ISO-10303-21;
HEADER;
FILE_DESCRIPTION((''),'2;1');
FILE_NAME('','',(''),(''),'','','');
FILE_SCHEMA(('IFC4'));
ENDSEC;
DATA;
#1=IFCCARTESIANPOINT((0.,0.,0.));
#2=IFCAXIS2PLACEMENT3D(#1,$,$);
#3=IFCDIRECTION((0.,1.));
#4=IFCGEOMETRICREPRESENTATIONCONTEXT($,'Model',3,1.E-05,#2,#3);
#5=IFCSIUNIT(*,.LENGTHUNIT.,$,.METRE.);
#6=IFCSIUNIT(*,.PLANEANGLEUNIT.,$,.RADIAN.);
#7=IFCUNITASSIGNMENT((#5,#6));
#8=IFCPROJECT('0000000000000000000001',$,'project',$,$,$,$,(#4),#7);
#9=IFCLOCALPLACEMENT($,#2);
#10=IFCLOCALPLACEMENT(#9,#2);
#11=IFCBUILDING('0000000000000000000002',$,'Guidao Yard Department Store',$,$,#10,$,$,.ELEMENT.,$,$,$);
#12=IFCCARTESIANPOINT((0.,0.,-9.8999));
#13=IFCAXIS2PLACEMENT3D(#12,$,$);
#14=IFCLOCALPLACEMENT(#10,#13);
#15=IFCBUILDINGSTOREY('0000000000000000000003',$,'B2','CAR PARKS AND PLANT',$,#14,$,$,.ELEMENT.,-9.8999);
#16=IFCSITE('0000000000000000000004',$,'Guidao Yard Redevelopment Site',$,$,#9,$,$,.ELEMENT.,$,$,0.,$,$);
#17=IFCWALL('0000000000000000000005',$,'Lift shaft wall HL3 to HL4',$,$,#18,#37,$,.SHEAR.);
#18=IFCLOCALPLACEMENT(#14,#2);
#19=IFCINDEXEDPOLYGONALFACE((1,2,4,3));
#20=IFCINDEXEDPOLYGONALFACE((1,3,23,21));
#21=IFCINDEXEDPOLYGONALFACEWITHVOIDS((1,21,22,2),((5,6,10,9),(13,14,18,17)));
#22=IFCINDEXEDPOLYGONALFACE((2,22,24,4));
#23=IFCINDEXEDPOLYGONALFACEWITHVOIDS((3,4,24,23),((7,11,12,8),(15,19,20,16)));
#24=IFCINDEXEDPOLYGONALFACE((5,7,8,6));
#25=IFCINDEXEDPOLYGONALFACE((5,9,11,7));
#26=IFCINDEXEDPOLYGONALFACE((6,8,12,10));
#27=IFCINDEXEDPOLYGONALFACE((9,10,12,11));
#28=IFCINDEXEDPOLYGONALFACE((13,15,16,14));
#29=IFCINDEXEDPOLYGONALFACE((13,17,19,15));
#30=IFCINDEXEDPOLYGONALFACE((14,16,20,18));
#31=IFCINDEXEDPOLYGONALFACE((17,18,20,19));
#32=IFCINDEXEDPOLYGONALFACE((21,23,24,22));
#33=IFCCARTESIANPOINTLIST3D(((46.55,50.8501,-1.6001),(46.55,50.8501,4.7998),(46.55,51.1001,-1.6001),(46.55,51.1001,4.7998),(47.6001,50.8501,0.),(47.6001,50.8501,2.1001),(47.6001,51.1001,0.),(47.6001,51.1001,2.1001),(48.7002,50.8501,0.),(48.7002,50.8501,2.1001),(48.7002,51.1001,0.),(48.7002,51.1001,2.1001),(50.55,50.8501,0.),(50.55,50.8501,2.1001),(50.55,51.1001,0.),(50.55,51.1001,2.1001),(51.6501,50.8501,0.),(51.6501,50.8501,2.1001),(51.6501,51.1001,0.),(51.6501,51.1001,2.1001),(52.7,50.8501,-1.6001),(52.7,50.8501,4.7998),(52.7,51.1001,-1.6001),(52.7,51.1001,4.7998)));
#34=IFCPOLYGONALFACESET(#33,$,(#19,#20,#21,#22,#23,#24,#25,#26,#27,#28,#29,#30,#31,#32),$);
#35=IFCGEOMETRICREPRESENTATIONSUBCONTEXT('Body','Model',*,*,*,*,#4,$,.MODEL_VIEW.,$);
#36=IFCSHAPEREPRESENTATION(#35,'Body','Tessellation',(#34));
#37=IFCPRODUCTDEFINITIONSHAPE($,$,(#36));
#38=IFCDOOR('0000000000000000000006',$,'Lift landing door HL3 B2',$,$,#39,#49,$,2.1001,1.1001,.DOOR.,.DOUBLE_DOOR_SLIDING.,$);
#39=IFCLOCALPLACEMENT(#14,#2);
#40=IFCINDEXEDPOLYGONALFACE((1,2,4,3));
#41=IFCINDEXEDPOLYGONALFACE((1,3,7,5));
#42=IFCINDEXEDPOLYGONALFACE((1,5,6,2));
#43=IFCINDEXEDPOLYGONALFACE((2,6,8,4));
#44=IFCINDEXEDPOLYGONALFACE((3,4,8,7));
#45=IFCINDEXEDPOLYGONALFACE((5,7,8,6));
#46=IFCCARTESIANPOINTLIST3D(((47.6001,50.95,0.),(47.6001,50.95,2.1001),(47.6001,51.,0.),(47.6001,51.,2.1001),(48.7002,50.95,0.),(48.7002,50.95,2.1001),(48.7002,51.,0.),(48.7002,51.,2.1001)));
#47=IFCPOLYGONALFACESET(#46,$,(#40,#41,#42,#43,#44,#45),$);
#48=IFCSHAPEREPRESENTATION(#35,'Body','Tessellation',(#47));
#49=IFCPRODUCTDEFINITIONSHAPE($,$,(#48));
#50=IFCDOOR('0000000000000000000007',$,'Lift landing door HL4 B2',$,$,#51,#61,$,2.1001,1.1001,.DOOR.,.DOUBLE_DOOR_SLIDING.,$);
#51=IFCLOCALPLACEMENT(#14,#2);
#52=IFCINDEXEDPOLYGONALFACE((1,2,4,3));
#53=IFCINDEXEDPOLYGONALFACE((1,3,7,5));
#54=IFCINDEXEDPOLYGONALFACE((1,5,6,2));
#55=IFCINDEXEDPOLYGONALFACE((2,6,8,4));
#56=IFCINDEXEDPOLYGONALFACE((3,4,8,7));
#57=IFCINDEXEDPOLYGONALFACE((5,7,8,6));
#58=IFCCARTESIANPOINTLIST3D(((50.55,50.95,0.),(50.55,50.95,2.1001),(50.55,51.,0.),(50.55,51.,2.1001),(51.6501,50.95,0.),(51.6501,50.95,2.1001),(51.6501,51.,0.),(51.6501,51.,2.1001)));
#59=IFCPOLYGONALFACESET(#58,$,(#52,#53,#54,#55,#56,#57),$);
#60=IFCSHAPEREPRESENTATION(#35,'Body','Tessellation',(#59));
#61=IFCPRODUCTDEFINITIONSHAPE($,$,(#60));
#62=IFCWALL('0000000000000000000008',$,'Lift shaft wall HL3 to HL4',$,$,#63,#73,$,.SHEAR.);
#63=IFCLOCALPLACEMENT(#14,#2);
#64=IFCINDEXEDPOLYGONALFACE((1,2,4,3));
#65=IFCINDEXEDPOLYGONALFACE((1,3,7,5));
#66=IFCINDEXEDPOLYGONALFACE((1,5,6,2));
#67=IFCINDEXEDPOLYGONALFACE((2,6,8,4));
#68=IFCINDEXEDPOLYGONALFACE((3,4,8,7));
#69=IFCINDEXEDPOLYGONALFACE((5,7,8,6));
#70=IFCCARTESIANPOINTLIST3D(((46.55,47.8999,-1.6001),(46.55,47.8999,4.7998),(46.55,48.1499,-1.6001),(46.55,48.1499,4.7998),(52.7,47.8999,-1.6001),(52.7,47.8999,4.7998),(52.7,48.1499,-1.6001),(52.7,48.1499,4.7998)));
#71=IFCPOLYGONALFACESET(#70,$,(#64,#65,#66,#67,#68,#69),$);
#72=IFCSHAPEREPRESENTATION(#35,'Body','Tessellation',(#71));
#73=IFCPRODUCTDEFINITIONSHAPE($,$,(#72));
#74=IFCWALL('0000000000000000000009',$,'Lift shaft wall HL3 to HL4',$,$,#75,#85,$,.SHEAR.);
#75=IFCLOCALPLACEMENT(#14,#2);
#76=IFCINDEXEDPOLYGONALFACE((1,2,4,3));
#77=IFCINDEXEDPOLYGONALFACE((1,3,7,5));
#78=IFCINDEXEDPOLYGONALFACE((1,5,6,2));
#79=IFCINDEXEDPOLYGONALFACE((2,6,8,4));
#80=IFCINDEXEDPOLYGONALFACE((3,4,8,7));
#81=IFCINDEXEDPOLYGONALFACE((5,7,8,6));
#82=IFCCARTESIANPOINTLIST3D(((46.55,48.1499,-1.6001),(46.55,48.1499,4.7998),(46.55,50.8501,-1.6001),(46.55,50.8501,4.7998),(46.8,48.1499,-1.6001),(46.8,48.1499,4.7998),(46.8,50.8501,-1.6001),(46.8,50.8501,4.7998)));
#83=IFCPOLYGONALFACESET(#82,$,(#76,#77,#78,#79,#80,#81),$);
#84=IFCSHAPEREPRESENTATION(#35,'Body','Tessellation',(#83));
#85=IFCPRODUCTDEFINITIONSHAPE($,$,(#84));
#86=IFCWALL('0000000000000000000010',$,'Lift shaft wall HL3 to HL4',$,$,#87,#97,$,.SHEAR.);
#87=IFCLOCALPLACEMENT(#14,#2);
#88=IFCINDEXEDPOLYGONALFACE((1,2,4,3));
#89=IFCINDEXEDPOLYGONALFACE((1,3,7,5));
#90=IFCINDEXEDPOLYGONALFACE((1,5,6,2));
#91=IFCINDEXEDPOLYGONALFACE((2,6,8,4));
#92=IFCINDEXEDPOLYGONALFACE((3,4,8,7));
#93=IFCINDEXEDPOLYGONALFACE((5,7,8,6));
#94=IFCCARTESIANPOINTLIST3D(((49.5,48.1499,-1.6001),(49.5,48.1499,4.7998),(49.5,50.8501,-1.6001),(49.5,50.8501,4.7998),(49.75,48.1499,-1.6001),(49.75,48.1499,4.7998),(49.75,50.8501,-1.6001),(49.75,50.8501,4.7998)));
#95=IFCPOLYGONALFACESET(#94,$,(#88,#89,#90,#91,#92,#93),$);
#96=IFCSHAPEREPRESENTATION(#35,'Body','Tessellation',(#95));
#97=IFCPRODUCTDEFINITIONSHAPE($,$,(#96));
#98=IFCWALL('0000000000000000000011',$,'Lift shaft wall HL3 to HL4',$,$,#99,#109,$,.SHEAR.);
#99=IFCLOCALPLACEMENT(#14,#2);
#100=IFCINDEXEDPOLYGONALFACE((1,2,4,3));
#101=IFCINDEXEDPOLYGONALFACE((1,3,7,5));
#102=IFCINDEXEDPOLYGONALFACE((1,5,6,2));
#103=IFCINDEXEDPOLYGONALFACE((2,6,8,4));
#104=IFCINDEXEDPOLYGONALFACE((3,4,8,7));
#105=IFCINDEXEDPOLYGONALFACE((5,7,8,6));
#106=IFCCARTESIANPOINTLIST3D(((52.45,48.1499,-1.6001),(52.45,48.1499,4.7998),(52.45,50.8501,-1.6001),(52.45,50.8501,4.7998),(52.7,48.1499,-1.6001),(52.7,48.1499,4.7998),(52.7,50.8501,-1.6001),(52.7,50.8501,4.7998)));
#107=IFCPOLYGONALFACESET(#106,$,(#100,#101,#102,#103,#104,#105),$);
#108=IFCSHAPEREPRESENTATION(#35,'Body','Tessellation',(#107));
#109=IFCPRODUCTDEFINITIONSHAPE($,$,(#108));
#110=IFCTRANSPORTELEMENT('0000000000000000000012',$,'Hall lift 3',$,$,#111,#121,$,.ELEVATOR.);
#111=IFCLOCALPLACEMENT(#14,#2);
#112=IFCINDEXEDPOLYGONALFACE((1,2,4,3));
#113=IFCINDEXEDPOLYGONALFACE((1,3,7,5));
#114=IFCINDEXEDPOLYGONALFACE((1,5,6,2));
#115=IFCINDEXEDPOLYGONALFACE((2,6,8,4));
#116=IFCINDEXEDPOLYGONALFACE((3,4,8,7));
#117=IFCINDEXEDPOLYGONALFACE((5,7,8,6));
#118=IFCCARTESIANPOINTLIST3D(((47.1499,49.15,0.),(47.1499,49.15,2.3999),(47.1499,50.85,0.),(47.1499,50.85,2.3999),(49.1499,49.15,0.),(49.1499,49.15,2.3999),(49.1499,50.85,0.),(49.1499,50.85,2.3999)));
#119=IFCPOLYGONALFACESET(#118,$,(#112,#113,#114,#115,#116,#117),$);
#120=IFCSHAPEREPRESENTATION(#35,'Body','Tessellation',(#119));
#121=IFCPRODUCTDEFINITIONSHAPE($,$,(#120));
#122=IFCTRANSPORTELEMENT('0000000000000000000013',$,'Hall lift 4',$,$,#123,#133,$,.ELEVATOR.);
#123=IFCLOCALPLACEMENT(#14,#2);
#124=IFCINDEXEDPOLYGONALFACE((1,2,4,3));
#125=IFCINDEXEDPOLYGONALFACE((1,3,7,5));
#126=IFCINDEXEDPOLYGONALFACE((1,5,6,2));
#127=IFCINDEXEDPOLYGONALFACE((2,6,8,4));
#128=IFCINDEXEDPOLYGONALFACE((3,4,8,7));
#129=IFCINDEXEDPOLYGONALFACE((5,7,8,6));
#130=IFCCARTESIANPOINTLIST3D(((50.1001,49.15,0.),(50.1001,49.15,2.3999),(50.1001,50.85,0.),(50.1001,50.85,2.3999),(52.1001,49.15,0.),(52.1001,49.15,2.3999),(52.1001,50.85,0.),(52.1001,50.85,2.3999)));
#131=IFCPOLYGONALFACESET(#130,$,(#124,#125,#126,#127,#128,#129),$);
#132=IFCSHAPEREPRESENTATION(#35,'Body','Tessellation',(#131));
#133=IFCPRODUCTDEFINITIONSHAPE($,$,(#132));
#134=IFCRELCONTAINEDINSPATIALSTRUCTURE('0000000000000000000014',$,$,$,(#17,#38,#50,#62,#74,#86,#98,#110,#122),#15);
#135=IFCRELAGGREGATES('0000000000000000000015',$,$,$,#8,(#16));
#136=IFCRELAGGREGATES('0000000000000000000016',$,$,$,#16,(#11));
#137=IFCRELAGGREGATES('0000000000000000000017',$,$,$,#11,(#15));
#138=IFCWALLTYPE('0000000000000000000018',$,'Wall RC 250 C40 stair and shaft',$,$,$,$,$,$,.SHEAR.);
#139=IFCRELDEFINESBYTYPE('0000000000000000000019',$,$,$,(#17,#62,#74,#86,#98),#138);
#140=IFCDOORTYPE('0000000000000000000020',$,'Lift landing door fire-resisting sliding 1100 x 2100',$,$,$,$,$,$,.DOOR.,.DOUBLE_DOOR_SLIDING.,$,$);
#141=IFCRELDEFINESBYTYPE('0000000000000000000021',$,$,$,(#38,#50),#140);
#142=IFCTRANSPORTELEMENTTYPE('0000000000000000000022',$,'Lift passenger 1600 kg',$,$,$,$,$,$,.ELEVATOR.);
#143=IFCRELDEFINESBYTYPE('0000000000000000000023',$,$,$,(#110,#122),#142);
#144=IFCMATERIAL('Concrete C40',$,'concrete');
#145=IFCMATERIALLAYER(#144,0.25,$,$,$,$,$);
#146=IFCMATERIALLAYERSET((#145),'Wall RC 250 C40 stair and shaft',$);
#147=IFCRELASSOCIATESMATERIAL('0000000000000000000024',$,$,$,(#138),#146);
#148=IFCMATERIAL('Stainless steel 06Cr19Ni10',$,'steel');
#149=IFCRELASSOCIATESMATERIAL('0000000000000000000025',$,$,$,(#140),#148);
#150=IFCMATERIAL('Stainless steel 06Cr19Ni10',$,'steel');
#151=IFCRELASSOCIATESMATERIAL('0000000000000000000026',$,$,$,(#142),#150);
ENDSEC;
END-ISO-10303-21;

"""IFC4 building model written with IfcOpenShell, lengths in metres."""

from ifc_helpers import new_model, si_unit, direction, frame, frame_2d, origin, origin_2d, place, context, subcontext, project, spatial, rectangle, extrude, material, layer, layer_set, type_object, element, fill, save


model = new_model("IFC4")

# Units and contexts
model_context = context("Model", 3, precision=1e-05, world=origin(), true_north=direction((0.0, 1.0)))
body_context = subcontext(model_context, "Body", "Model", "MODEL_VIEW")
ifc_project = project(units=[si_unit("LENGTHUNIT", "METRE"), si_unit("PLANEANGLEUNIT", "RADIAN")], contexts=[model_context])

# Site, building, storey
site_placement = place(None, origin())
site = spatial("IfcSite", under=ifc_project, at=site_placement, Name="Guidao Yard Redevelopment Site", CompositionType="ELEMENT", RefElevation=0.0)
building_placement = place(site_placement, origin())
building = spatial("IfcBuilding", under=site, at=building_placement, Name="Guidao Yard Department Store", CompositionType="ELEMENT")
storey_placement = place(building_placement, frame((0.0, 0.0, -9.8999)))
storey = spatial("IfcBuildingStorey", under=building, at=storey_placement, Name="B2", Description="CAR PARKS AND PLANT", CompositionType="ELEMENT", Elevation=-9.8999)

# Wall, openings, doors
ifc_material_1 = material(Name="Concrete C40", Category="concrete")
ifc_layer_1 = layer(ifc_material_1, 0.25)
ifc_layer_set_1 = layer_set([ifc_layer_1], Name="Wall RC 250 C40 stair and shaft")
wall_type_1 = type_object("IfcWallType", Name="Wall RC 250 C40 stair and shaft", PredefinedType="SHEAR", material=ifc_layer_set_1)
wall_1_placement = place(storey_placement, frame((46.55, 50.9751, -1.6001), z_axis=(0.0, 0.0, 1.0), x_axis=(1.0, 0.0, 0.0)))
wall_1 = element("IfcWall", 1, at=wall_1_placement, inside=storey, type_object=wall_type_1, Name="Lift shaft wall HL3 to HL4", PredefinedType="SHEAR", context=body_context, shape_type="SweptSolid", body=[
    extrude(rectangle(XDim=6.1499, YDim=0.25, at=frame_2d((3.075, 0.0))), origin(), (0.0, 0.0, 1.0), 6.3999),
])
opening_1_placement = place(wall_1_placement, frame((1.05, 0.0, 1.6001)))
opening_1 = element("IfcOpeningElement", 2, at=opening_1_placement, cuts=wall_1, PredefinedType="OPENING", context=body_context, shape_type="SweptSolid", body=[
    extrude(rectangle(XDim=1.1001, YDim=2.1001, at=frame_2d((0.55, 1.05))), frame((0.0, 0.135, 0.0), z_axis=(0.0, -1.0, 0.0), x_axis=(1.0, 0.0, 0.0)), (0.0, 0.0, 1.0), 0.27),
])
opening_2_placement = place(wall_1_placement, frame((4.0, 0.0, 1.6001)))
opening_2 = element("IfcOpeningElement", 3, at=opening_2_placement, cuts=wall_1, PredefinedType="OPENING", context=body_context, shape_type="SweptSolid", body=[
    extrude(rectangle(XDim=1.1001, YDim=2.1001, at=frame_2d((0.55, 1.05))), frame((0.0, 0.135, 0.0), z_axis=(0.0, -1.0, 0.0), x_axis=(1.0, 0.0, 0.0)), (0.0, 0.0, 1.0), 0.27),
])
ifc_material_2 = material(Name="Stainless steel 06Cr19Ni10", Category="steel")
door_type_1 = type_object("IfcDoorType", Name="Lift landing door fire-resisting sliding 1100 x 2100", OperationType="DOUBLE_DOOR_SLIDING", PredefinedType="DOOR", material=ifc_material_2)
door_1_placement = place(opening_1_placement, origin())
door_1 = element("IfcDoor", 4, at=door_1_placement, inside=storey, type_object=door_type_1, Name="Lift landing door HL3 B2", OperationType="DOUBLE_DOOR_SLIDING", OverallHeight=2.1001, OverallWidth=1.1001, PredefinedType="DOOR", context=body_context, shape_type="SweptSolid", body=[
    extrude(rectangle(XDim=1.1001, YDim=2.1001, at=frame_2d((0.55, 1.05))), frame((0.0, 0.0249, 0.0), z_axis=(0.0, -1.0, 0.0), x_axis=(1.0, 0.0, 0.0)), (0.0, 0.0, 1.0), 0.05),
])
fill(opening_1, door_1)
door_2_placement = place(opening_2_placement, origin())
door_2 = element("IfcDoor", 5, at=door_2_placement, inside=storey, type_object=door_type_1, Name="Lift landing door HL4 B2", OperationType="DOUBLE_DOOR_SLIDING", OverallHeight=2.1001, OverallWidth=1.1001, PredefinedType="DOOR", context=body_context, shape_type="SweptSolid", body=[
    extrude(rectangle(XDim=1.1001, YDim=2.1001, at=frame_2d((0.55, 1.05))), frame((0.0, 0.0249, 0.0), z_axis=(0.0, -1.0, 0.0), x_axis=(1.0, 0.0, 0.0)), (0.0, 0.0, 1.0), 0.05),
])
fill(opening_2, door_2)

# Walls
wall_2_placement = place(storey_placement, frame((46.55, 48.0249, -1.6001), z_axis=(0.0, 0.0, 1.0), x_axis=(1.0, 0.0, 0.0)))
element("IfcWall", 6, at=wall_2_placement, inside=storey, type_object=wall_type_1, Name="Lift shaft wall HL3 to HL4", PredefinedType="SHEAR", context=body_context, shape_type="SweptSolid", body=[
    extrude(rectangle(XDim=6.1499, YDim=0.25, at=frame_2d((3.075, 0.0))), origin(), (0.0, 0.0, 1.0), 6.3999),
])
for number, where, z_axis, x_axis, name in (
    (7, (46.675, 48.1499, -1.6001), (0.0, 0.0, 1.0), (0.0, 1.0, 0.0), "Lift shaft wall HL3 to HL4"),
    (8, (49.625, 48.1499, -1.6001), (0.0, 0.0, 1.0), (0.0, 1.0, 0.0), "Lift shaft wall HL3 to HL4"),
    (9, (52.575, 48.1499, -1.6001), (0.0, 0.0, 1.0), (0.0, 1.0, 0.0), "Lift shaft wall HL3 to HL4"),
):
    element("IfcWall", number, at=place(storey_placement, frame(where, z_axis=z_axis, x_axis=x_axis)), inside=storey, type_object=wall_type_1, Name=name, PredefinedType="SHEAR", context=body_context, shape_type="SweptSolid", body=[
        extrude(rectangle(XDim=2.7002, YDim=0.25, at=frame_2d((1.3501, 0.0))), origin(), (0.0, 0.0, 1.0), 6.3999),
    ])

# Transport elements
ifc_material_3 = material(Name="Stainless steel 06Cr19Ni10", Category="steel")
transport_element_type = type_object("IfcTransportElementType", Name="Lift passenger 1600 kg", PredefinedType="ELEVATOR", material=ifc_material_3)
for number, where, z_axis, x_axis, name in (
    (10, (48.1499, 50.0, 0.0), (0.0, 0.0, 1.0), (1.0, 0.0, 0.0), "Hall lift 3"),
    (11, (51.1001, 50.0, 0.0), (0.0, 0.0, 1.0), (1.0, 0.0, 0.0), "Hall lift 4"),
):
    element("IfcTransportElement", number, at=place(storey_placement, frame(where, z_axis=z_axis, x_axis=x_axis)), inside=storey, type_object=transport_element_type, Name=name, PredefinedType="ELEVATOR", context=body_context, shape_type="SweptSolid", body=[
        extrude(rectangle(XDim=2.0, YDim=1.7, at=origin_2d()), origin(), (0.0, 0.0, 1.0), 2.3999),
    ])

save(model, "model.ifc")
